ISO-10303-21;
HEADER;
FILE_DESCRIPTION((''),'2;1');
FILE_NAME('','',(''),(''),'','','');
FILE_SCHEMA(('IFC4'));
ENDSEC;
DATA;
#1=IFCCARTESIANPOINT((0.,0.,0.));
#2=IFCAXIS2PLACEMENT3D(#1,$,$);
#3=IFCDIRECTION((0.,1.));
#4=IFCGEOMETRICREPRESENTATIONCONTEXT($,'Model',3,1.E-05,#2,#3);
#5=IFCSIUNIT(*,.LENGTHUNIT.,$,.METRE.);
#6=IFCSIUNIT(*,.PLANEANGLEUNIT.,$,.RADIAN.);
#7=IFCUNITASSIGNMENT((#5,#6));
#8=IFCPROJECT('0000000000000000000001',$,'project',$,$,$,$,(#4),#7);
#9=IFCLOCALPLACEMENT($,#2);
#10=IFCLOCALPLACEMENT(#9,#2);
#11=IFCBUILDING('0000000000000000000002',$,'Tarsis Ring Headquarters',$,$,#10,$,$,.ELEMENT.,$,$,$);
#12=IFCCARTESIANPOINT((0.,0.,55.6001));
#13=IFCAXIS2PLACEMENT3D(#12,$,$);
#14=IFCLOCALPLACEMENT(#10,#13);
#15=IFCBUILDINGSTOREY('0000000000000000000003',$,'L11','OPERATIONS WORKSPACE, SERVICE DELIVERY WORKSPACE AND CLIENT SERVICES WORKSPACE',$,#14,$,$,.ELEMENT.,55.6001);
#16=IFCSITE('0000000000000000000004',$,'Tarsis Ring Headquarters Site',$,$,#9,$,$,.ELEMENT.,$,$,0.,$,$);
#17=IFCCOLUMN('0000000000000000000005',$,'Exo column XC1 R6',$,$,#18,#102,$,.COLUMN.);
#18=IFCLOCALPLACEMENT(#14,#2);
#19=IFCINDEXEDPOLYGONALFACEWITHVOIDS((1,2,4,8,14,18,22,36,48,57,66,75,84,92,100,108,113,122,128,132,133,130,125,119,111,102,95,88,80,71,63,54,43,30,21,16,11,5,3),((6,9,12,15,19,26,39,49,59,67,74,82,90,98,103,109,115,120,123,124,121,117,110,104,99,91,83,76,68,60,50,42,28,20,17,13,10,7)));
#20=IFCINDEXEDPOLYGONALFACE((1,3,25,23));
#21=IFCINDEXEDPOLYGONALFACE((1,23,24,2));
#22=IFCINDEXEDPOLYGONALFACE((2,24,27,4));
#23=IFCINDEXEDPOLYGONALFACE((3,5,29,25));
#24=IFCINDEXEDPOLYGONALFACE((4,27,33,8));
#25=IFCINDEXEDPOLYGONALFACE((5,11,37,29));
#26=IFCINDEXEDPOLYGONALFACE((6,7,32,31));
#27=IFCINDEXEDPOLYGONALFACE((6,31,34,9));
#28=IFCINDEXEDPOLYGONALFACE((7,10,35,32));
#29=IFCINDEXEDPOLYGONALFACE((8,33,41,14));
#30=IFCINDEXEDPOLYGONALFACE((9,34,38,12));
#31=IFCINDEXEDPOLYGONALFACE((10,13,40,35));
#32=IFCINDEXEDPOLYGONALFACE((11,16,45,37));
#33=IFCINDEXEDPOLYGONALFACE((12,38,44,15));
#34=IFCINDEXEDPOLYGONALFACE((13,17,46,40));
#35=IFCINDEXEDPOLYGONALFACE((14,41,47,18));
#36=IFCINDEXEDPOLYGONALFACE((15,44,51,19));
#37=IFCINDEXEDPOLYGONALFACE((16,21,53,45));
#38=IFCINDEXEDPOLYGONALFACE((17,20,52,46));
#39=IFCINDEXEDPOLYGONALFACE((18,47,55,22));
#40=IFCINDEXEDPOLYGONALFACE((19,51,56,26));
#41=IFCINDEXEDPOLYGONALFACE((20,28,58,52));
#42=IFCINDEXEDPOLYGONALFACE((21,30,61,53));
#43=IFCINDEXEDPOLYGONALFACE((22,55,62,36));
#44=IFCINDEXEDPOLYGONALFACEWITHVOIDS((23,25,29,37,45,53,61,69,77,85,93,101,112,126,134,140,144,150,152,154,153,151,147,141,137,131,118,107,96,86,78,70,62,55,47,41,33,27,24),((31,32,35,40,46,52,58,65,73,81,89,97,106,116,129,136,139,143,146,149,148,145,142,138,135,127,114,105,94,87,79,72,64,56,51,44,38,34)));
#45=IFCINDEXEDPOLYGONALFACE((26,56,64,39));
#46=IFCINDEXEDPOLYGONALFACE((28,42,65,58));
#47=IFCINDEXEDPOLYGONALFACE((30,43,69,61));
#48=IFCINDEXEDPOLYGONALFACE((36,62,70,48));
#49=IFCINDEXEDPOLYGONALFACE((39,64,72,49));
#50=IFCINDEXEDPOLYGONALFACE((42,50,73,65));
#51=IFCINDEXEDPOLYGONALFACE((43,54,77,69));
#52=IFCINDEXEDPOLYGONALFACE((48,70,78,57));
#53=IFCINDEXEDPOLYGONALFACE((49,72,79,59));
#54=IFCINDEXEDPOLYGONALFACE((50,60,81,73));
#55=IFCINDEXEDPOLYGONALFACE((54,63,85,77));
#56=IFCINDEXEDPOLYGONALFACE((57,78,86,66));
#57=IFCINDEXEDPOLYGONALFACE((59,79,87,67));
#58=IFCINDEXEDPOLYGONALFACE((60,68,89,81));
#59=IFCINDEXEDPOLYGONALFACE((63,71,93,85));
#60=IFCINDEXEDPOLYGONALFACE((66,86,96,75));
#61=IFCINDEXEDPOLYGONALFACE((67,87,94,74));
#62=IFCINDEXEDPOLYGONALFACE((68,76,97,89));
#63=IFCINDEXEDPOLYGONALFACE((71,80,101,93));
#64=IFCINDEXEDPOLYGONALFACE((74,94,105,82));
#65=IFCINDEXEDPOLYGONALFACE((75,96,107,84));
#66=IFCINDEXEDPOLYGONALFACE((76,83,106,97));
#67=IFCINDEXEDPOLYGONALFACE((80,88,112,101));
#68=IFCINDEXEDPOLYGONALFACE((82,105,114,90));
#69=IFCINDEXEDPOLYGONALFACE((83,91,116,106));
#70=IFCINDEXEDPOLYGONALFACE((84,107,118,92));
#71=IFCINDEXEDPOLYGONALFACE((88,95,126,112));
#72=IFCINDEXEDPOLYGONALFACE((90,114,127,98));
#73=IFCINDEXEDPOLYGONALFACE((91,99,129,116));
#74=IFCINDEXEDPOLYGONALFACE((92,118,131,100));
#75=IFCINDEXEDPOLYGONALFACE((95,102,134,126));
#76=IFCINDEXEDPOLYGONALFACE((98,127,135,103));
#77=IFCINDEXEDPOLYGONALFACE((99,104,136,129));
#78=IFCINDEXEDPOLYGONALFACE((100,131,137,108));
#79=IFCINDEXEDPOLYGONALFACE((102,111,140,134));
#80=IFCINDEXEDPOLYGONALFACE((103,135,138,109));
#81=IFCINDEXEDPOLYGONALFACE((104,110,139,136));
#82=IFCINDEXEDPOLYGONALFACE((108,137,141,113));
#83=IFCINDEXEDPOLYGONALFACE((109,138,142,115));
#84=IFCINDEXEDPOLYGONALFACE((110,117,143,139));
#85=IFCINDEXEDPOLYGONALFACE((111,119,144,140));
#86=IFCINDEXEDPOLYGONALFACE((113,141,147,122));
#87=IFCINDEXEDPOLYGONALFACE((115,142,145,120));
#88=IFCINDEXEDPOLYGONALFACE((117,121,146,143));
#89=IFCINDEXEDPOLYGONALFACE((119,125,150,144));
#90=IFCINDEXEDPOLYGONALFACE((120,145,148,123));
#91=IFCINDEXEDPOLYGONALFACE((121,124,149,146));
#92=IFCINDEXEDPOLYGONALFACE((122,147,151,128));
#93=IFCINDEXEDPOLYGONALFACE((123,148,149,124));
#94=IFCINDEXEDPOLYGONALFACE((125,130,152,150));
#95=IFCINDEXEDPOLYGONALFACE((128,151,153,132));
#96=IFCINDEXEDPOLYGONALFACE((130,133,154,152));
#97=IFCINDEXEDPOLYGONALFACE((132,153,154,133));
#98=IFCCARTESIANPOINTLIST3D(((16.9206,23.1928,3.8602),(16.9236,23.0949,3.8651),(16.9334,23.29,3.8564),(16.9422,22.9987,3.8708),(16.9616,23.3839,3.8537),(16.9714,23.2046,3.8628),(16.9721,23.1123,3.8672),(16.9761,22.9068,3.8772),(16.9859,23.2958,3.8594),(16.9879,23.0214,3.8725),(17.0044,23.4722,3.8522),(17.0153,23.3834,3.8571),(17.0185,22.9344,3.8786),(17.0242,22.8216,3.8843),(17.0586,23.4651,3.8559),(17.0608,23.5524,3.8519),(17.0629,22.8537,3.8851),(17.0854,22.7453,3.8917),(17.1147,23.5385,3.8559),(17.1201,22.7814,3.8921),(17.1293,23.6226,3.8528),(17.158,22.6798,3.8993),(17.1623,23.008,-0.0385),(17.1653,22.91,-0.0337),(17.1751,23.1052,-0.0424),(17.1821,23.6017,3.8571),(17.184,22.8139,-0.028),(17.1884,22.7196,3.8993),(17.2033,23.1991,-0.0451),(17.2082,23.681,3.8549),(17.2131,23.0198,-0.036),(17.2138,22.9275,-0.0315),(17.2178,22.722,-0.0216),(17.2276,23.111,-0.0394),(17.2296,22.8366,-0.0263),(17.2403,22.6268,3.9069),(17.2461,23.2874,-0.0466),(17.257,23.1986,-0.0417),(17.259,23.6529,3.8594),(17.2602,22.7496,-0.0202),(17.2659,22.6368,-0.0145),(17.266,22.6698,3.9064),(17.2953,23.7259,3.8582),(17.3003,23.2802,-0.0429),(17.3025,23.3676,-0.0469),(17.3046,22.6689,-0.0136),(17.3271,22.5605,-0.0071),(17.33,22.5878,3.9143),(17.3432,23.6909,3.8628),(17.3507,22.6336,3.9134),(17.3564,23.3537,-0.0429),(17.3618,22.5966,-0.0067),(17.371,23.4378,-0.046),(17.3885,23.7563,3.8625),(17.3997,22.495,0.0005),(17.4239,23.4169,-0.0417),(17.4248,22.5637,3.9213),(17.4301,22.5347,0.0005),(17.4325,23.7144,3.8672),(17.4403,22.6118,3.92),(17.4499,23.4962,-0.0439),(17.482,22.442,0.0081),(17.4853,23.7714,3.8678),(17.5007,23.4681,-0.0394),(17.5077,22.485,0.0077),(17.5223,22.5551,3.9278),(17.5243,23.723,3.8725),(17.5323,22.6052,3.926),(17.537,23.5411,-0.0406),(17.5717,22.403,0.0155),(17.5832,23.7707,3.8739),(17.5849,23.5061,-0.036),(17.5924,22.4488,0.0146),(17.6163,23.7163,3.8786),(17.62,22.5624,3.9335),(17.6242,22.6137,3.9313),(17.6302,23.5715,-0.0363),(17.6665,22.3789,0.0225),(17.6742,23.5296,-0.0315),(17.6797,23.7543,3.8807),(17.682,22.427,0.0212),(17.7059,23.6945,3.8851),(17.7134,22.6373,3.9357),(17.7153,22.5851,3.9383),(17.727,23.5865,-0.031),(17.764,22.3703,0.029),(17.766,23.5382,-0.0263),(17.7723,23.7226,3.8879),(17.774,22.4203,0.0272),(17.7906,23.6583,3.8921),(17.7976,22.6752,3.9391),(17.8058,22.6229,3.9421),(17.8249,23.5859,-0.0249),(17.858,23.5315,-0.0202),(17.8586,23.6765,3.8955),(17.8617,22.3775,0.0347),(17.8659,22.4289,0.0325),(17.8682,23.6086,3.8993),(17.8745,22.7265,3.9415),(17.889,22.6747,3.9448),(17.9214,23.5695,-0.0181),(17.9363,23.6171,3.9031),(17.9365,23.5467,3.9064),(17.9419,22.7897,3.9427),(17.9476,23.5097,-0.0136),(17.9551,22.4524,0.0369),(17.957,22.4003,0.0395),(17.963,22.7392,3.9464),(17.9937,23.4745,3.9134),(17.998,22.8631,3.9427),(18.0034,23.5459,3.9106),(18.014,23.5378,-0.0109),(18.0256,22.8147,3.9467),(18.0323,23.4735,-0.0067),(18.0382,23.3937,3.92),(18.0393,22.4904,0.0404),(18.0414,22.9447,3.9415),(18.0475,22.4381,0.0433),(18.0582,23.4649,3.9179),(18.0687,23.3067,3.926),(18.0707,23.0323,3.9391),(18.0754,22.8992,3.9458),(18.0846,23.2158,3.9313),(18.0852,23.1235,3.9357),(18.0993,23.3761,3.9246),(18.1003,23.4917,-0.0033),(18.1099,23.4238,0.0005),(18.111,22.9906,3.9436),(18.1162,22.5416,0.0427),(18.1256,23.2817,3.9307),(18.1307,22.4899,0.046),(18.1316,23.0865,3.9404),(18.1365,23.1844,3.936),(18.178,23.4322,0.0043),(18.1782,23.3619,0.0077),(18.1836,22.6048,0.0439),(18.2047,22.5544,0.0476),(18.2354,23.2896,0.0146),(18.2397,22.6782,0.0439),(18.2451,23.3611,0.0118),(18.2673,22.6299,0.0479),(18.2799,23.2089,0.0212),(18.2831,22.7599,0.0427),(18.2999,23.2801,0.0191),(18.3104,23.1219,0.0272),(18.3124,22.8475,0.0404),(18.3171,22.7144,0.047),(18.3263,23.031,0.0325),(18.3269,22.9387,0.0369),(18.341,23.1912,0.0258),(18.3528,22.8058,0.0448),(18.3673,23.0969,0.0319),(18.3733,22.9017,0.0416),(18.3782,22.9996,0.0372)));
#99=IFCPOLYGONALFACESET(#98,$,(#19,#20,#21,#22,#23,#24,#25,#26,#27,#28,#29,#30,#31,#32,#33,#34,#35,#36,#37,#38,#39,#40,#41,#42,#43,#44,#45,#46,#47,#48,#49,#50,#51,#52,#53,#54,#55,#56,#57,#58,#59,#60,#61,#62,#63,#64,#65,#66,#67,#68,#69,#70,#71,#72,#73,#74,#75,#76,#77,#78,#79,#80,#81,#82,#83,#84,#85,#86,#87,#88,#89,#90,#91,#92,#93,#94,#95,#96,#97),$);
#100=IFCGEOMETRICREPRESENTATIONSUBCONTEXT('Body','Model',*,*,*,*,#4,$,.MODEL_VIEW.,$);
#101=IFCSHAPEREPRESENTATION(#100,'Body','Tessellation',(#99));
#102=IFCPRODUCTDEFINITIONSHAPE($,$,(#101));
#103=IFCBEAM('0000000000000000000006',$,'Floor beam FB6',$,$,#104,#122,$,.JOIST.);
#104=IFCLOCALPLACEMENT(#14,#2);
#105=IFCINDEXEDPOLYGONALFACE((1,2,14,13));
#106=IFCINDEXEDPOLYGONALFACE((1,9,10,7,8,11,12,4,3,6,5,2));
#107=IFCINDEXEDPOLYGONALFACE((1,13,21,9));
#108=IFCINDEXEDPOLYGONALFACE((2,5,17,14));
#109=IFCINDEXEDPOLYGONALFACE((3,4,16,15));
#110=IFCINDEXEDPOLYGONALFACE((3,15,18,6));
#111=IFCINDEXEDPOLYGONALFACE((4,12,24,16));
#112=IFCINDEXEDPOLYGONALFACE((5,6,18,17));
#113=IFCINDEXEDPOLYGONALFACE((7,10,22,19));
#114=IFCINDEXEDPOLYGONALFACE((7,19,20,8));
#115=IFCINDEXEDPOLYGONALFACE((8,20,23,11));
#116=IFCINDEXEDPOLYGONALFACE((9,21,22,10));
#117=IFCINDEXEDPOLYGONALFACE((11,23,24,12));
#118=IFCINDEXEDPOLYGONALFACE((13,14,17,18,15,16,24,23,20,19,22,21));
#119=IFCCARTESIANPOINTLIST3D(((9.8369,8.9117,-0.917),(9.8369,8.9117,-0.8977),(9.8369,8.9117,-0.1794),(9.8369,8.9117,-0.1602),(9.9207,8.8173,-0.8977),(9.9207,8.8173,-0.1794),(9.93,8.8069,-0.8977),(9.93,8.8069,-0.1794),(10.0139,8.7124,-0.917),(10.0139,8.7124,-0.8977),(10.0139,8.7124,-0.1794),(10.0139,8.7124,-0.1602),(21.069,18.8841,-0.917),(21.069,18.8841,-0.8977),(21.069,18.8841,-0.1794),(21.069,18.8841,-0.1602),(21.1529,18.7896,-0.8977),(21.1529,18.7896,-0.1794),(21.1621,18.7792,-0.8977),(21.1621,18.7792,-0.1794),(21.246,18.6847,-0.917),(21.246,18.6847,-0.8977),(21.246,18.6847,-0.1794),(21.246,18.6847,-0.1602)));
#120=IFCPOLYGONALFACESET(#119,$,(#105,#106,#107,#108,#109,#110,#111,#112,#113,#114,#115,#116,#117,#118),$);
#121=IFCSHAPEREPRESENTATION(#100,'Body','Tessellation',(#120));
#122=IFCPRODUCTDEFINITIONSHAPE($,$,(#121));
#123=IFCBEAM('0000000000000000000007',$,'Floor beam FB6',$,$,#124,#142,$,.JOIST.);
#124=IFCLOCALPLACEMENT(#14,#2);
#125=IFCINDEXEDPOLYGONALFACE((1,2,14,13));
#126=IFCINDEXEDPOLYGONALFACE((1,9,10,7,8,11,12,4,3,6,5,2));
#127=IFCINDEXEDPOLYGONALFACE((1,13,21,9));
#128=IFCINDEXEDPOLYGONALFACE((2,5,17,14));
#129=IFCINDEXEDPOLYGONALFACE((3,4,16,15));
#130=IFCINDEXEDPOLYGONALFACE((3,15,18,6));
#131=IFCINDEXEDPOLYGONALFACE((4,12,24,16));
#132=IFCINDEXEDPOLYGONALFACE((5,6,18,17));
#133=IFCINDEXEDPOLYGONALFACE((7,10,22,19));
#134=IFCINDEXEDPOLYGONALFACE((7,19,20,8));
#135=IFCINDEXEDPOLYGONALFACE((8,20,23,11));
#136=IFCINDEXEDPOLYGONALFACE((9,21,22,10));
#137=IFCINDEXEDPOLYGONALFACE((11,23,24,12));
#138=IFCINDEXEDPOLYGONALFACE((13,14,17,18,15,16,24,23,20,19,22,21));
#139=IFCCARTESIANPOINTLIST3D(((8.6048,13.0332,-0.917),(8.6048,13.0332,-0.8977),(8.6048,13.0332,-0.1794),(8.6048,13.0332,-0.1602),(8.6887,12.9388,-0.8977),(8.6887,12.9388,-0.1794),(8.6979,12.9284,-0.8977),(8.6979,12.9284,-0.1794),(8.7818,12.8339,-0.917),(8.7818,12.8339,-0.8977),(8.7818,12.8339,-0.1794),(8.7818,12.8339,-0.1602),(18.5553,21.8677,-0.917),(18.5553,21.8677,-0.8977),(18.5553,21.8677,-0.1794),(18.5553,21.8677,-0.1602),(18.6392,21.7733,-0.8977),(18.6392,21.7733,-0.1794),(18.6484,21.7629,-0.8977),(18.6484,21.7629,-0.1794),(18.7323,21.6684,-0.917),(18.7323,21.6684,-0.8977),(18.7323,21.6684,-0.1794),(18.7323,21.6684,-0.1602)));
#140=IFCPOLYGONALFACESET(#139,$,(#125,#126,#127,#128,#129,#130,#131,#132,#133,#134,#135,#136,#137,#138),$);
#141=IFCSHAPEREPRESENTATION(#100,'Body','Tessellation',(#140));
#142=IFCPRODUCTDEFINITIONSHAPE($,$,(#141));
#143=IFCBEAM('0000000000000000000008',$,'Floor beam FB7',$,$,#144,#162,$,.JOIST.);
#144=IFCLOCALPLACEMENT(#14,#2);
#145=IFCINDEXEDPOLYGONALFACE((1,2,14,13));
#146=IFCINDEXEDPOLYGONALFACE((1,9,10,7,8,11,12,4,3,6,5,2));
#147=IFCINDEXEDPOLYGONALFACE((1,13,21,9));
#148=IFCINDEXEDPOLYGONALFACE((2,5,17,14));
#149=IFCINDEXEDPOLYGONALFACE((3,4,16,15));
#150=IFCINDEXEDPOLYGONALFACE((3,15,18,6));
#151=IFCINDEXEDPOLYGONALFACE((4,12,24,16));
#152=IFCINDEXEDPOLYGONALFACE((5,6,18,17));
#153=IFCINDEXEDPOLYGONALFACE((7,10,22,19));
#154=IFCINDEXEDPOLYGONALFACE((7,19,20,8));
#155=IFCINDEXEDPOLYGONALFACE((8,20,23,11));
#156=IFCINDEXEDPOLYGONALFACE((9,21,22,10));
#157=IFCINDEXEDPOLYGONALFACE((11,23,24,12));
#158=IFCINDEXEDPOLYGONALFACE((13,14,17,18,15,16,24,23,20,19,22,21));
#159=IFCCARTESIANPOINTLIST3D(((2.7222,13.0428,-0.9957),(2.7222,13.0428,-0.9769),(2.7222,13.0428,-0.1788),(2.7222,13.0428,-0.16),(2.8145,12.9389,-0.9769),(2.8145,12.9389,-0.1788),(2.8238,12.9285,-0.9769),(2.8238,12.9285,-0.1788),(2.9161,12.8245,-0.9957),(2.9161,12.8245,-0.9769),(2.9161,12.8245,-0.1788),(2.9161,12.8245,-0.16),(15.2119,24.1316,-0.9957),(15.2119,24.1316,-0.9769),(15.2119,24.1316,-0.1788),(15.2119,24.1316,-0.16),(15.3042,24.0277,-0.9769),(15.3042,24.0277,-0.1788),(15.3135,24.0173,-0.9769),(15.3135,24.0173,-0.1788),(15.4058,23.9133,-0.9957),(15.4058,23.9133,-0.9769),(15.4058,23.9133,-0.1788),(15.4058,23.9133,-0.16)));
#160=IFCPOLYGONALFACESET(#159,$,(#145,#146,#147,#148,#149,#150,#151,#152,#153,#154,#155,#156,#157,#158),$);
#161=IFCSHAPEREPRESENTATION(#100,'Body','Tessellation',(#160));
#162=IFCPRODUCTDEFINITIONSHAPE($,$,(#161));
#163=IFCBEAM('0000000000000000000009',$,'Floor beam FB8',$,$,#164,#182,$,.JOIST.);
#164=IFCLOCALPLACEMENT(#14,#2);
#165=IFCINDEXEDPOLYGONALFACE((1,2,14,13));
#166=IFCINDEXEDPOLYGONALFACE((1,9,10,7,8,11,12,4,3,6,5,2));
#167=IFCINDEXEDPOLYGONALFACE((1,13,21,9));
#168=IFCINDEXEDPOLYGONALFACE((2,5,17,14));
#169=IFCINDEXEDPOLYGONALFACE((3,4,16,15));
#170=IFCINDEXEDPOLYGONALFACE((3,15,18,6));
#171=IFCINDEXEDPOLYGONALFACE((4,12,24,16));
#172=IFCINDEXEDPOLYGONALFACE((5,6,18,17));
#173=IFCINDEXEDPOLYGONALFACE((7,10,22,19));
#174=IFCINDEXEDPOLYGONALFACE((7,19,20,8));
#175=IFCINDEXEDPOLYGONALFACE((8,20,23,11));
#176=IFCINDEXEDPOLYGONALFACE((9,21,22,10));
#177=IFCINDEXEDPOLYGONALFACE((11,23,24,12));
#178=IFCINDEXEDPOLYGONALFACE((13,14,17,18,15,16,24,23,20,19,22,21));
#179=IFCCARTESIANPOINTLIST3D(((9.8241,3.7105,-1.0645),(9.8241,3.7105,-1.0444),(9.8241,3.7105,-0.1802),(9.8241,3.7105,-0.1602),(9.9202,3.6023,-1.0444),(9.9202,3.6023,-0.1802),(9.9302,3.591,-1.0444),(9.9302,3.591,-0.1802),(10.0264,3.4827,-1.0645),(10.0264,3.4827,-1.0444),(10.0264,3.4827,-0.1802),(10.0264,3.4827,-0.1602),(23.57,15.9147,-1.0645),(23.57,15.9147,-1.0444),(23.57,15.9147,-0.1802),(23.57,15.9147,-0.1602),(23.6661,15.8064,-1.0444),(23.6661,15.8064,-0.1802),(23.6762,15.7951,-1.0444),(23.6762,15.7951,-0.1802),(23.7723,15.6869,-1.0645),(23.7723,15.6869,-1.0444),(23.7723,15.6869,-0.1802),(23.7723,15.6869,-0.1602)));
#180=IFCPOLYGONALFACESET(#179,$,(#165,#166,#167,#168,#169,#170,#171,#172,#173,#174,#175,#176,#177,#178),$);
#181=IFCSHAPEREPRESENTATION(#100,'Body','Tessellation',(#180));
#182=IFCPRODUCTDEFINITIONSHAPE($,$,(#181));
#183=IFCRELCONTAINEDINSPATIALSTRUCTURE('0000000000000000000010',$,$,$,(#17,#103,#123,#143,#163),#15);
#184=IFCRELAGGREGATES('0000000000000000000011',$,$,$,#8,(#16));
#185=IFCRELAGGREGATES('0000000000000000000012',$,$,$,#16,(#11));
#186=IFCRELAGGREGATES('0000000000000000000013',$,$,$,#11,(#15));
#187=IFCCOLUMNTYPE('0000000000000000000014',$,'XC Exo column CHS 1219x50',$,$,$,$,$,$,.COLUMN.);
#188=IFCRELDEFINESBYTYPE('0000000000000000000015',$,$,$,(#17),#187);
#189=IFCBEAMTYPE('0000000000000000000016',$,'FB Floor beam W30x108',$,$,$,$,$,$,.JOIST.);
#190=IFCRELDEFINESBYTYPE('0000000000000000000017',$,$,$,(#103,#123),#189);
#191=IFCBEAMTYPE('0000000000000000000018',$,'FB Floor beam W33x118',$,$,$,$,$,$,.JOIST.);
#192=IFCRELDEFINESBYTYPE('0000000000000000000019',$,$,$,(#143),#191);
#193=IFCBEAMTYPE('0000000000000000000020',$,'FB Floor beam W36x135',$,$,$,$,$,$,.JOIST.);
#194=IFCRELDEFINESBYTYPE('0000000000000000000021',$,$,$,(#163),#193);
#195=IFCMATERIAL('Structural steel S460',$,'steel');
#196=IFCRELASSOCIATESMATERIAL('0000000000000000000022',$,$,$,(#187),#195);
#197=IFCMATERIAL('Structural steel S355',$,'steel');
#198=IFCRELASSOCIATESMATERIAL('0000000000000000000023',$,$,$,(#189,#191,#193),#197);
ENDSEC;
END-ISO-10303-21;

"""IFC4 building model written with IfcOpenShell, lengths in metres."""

from ifc_helpers import new_model, si_unit, direction, frame, origin, origin_2d, place, context, subcontext, project, spatial, hollow_circle, i_section, extrude, material, material_profile, profile_set, type_object, element, save


model = new_model("IFC4")

# Units and contexts
model_context = context("Model", 3, precision=1e-05, world=origin(), true_north=direction((0.0, 1.0)))
body_context = subcontext(model_context, "Body", "Model", "MODEL_VIEW")
ifc_project = project(units=[si_unit("LENGTHUNIT", "METRE"), si_unit("PLANEANGLEUNIT", "RADIAN")], contexts=[model_context])

# Site, building, storey
site_placement = place(None, origin())
site = spatial("IfcSite", under=ifc_project, at=site_placement, Name="Tarsis Ring Headquarters Site", CompositionType="ELEMENT", RefElevation=0.0)
building_placement = place(site_placement, origin())
building = spatial("IfcBuilding", under=site, at=building_placement, Name="Tarsis Ring Headquarters", CompositionType="ELEMENT")
storey_placement = place(building_placement, frame((0.0, 0.0, 55.6001)))
storey = spatial("IfcBuildingStorey", under=building, at=storey_placement, Name="L11", Description="OPERATIONS WORKSPACE, SERVICE DELIVERY WORKSPACE AND CLIENT SERVICES WORKSPACE", CompositionType="ELEMENT", Elevation=55.6001)

# Column
ifc_material_1 = material(Name="Structural steel S460", Category="steel")
ifc_material_profile_1 = material_profile(ifc_material_1, hollow_circle(Radius=0.6096, WallThickness=0.05, at=origin_2d()), Name="CHS 1219x50")
ifc_profile_set_1 = profile_set([ifc_material_profile_1], Name="Structural steel S460")
column_type = type_object("IfcColumnType", Name="XC Exo column CHS 1219x50", PredefinedType="COLUMN", material=ifc_profile_set_1)
column_placement = place(storey_placement, frame((17.77, 22.9792, 0.0005), z_axis=(-0.061807, 0.047261, 0.996969), x_axis=(-0.60742, -0.794381, 0.0)))
element("IfcColumn", 1, at=column_placement, inside=storey, type_object=column_type, Name="Exo column XC1 R6", PredefinedType="COLUMN", context=body_context, shape_type="SweptSolid", body=[
    extrude(hollow_circle(Radius=0.6096, WallThickness=0.05, at=origin_2d()), origin(), (0.0, 0.0, 1.0), 3.9106),
])

# Beams
ifc_material_2 = material(Name="Structural steel S355", Category="steel")
ifc_material_profile_2 = material_profile(ifc_material_2, i_section(OverallWidth=0.2666, OverallDepth=0.7568, WebThickness=0.0139, FlangeThickness=0.0193, at=origin_2d()), Name="W30x108")
ifc_profile_set_2 = profile_set([ifc_material_profile_2], Name="Structural steel S355")
beam_type_1 = type_object("IfcBeamType", Name="FB Floor beam W30x108", PredefinedType="JOIST", material=ifc_profile_set_2)
beam_1_placement = place(storey_placement, frame((21.1575, 18.7844, -0.5386), z_axis=(-0.747797, -0.663927, 0.0), x_axis=(0.663927, -0.747797, 0.0)))
element("IfcBeam", 2, at=beam_1_placement, inside=storey, type_object=beam_type_1, Name="Floor beam FB6", PredefinedType="JOIST", context=body_context, shape_type="SweptSolid", body=[
    extrude(i_section(OverallWidth=0.2666, OverallDepth=0.7568, WebThickness=0.0139, FlangeThickness=0.0193, at=origin_2d()), origin(), (0.0, 0.0, 1.0), 15.0203),
])
beam_2_placement = place(storey_placement, frame((18.6438, 21.7681, -0.5386), z_axis=(-0.747796, -0.663929, 0.0), x_axis=(0.663929, -0.747796, 0.0)))
element("IfcBeam", 3, at=beam_2_placement, inside=storey, type_object=beam_type_1, Name="Floor beam FB6", PredefinedType="JOIST", context=body_context, shape_type="SweptSolid", body=[
    extrude(i_section(OverallWidth=0.2666, OverallDepth=0.7568, WebThickness=0.0139, FlangeThickness=0.0193, at=origin_2d()), origin(), (0.0, 0.0, 1.0), 13.3064),
])
ifc_material_profile_3 = material_profile(ifc_material_2, i_section(OverallWidth=0.292, OverallDepth=0.8357, WebThickness=0.0139, FlangeThickness=0.0188, at=origin_2d()), Name="W33x118")
ifc_profile_set_3 = profile_set([ifc_material_profile_3], Name="Structural steel S355")
beam_type_2 = type_object("IfcBeamType", Name="FB Floor beam W33x118", PredefinedType="JOIST", material=ifc_profile_set_3)
beam_3_placement = place(storey_placement, frame((15.3088, 24.0225, -0.5779), z_axis=(-0.7478, -0.663925, 0.0), x_axis=(0.663925, -0.7478, 0.0)))
element("IfcBeam", 4, at=beam_3_placement, inside=storey, type_object=beam_type_2, Name="Floor beam FB7", PredefinedType="JOIST", context=body_context, shape_type="SweptSolid", body=[
    extrude(i_section(OverallWidth=0.292, OverallDepth=0.8357, WebThickness=0.0139, FlangeThickness=0.0188, at=origin_2d()), origin(), (0.0, 0.0, 1.0), 16.7019),
])
ifc_material_profile_4 = material_profile(ifc_material_2, i_section(OverallWidth=0.3047, OverallDepth=0.9043, WebThickness=0.0151, FlangeThickness=0.02, at=origin_2d()), Name="W36x135")
ifc_profile_set_4 = profile_set([ifc_material_profile_4], Name="Structural steel S355")
beam_type_3 = type_object("IfcBeamType", Name="FB Floor beam W36x135", PredefinedType="JOIST", material=ifc_profile_set_4)
beam_4_placement = place(storey_placement, frame((23.6711, 15.8008, -0.6123), z_axis=(-0.747799, -0.663925, 0.0), x_axis=(0.663925, -0.747799, 0.0)))
element("IfcBeam", 5, at=beam_4_placement, inside=storey, type_object=beam_type_3, Name="Floor beam FB8", PredefinedType="JOIST", context=body_context, shape_type="SweptSolid", body=[
    extrude(i_section(OverallWidth=0.3047, OverallDepth=0.9043, WebThickness=0.0151, FlangeThickness=0.02, at=origin_2d()), origin(), (0.0, 0.0, 1.0), 18.3818),
])

save(model, "model.ifc")
